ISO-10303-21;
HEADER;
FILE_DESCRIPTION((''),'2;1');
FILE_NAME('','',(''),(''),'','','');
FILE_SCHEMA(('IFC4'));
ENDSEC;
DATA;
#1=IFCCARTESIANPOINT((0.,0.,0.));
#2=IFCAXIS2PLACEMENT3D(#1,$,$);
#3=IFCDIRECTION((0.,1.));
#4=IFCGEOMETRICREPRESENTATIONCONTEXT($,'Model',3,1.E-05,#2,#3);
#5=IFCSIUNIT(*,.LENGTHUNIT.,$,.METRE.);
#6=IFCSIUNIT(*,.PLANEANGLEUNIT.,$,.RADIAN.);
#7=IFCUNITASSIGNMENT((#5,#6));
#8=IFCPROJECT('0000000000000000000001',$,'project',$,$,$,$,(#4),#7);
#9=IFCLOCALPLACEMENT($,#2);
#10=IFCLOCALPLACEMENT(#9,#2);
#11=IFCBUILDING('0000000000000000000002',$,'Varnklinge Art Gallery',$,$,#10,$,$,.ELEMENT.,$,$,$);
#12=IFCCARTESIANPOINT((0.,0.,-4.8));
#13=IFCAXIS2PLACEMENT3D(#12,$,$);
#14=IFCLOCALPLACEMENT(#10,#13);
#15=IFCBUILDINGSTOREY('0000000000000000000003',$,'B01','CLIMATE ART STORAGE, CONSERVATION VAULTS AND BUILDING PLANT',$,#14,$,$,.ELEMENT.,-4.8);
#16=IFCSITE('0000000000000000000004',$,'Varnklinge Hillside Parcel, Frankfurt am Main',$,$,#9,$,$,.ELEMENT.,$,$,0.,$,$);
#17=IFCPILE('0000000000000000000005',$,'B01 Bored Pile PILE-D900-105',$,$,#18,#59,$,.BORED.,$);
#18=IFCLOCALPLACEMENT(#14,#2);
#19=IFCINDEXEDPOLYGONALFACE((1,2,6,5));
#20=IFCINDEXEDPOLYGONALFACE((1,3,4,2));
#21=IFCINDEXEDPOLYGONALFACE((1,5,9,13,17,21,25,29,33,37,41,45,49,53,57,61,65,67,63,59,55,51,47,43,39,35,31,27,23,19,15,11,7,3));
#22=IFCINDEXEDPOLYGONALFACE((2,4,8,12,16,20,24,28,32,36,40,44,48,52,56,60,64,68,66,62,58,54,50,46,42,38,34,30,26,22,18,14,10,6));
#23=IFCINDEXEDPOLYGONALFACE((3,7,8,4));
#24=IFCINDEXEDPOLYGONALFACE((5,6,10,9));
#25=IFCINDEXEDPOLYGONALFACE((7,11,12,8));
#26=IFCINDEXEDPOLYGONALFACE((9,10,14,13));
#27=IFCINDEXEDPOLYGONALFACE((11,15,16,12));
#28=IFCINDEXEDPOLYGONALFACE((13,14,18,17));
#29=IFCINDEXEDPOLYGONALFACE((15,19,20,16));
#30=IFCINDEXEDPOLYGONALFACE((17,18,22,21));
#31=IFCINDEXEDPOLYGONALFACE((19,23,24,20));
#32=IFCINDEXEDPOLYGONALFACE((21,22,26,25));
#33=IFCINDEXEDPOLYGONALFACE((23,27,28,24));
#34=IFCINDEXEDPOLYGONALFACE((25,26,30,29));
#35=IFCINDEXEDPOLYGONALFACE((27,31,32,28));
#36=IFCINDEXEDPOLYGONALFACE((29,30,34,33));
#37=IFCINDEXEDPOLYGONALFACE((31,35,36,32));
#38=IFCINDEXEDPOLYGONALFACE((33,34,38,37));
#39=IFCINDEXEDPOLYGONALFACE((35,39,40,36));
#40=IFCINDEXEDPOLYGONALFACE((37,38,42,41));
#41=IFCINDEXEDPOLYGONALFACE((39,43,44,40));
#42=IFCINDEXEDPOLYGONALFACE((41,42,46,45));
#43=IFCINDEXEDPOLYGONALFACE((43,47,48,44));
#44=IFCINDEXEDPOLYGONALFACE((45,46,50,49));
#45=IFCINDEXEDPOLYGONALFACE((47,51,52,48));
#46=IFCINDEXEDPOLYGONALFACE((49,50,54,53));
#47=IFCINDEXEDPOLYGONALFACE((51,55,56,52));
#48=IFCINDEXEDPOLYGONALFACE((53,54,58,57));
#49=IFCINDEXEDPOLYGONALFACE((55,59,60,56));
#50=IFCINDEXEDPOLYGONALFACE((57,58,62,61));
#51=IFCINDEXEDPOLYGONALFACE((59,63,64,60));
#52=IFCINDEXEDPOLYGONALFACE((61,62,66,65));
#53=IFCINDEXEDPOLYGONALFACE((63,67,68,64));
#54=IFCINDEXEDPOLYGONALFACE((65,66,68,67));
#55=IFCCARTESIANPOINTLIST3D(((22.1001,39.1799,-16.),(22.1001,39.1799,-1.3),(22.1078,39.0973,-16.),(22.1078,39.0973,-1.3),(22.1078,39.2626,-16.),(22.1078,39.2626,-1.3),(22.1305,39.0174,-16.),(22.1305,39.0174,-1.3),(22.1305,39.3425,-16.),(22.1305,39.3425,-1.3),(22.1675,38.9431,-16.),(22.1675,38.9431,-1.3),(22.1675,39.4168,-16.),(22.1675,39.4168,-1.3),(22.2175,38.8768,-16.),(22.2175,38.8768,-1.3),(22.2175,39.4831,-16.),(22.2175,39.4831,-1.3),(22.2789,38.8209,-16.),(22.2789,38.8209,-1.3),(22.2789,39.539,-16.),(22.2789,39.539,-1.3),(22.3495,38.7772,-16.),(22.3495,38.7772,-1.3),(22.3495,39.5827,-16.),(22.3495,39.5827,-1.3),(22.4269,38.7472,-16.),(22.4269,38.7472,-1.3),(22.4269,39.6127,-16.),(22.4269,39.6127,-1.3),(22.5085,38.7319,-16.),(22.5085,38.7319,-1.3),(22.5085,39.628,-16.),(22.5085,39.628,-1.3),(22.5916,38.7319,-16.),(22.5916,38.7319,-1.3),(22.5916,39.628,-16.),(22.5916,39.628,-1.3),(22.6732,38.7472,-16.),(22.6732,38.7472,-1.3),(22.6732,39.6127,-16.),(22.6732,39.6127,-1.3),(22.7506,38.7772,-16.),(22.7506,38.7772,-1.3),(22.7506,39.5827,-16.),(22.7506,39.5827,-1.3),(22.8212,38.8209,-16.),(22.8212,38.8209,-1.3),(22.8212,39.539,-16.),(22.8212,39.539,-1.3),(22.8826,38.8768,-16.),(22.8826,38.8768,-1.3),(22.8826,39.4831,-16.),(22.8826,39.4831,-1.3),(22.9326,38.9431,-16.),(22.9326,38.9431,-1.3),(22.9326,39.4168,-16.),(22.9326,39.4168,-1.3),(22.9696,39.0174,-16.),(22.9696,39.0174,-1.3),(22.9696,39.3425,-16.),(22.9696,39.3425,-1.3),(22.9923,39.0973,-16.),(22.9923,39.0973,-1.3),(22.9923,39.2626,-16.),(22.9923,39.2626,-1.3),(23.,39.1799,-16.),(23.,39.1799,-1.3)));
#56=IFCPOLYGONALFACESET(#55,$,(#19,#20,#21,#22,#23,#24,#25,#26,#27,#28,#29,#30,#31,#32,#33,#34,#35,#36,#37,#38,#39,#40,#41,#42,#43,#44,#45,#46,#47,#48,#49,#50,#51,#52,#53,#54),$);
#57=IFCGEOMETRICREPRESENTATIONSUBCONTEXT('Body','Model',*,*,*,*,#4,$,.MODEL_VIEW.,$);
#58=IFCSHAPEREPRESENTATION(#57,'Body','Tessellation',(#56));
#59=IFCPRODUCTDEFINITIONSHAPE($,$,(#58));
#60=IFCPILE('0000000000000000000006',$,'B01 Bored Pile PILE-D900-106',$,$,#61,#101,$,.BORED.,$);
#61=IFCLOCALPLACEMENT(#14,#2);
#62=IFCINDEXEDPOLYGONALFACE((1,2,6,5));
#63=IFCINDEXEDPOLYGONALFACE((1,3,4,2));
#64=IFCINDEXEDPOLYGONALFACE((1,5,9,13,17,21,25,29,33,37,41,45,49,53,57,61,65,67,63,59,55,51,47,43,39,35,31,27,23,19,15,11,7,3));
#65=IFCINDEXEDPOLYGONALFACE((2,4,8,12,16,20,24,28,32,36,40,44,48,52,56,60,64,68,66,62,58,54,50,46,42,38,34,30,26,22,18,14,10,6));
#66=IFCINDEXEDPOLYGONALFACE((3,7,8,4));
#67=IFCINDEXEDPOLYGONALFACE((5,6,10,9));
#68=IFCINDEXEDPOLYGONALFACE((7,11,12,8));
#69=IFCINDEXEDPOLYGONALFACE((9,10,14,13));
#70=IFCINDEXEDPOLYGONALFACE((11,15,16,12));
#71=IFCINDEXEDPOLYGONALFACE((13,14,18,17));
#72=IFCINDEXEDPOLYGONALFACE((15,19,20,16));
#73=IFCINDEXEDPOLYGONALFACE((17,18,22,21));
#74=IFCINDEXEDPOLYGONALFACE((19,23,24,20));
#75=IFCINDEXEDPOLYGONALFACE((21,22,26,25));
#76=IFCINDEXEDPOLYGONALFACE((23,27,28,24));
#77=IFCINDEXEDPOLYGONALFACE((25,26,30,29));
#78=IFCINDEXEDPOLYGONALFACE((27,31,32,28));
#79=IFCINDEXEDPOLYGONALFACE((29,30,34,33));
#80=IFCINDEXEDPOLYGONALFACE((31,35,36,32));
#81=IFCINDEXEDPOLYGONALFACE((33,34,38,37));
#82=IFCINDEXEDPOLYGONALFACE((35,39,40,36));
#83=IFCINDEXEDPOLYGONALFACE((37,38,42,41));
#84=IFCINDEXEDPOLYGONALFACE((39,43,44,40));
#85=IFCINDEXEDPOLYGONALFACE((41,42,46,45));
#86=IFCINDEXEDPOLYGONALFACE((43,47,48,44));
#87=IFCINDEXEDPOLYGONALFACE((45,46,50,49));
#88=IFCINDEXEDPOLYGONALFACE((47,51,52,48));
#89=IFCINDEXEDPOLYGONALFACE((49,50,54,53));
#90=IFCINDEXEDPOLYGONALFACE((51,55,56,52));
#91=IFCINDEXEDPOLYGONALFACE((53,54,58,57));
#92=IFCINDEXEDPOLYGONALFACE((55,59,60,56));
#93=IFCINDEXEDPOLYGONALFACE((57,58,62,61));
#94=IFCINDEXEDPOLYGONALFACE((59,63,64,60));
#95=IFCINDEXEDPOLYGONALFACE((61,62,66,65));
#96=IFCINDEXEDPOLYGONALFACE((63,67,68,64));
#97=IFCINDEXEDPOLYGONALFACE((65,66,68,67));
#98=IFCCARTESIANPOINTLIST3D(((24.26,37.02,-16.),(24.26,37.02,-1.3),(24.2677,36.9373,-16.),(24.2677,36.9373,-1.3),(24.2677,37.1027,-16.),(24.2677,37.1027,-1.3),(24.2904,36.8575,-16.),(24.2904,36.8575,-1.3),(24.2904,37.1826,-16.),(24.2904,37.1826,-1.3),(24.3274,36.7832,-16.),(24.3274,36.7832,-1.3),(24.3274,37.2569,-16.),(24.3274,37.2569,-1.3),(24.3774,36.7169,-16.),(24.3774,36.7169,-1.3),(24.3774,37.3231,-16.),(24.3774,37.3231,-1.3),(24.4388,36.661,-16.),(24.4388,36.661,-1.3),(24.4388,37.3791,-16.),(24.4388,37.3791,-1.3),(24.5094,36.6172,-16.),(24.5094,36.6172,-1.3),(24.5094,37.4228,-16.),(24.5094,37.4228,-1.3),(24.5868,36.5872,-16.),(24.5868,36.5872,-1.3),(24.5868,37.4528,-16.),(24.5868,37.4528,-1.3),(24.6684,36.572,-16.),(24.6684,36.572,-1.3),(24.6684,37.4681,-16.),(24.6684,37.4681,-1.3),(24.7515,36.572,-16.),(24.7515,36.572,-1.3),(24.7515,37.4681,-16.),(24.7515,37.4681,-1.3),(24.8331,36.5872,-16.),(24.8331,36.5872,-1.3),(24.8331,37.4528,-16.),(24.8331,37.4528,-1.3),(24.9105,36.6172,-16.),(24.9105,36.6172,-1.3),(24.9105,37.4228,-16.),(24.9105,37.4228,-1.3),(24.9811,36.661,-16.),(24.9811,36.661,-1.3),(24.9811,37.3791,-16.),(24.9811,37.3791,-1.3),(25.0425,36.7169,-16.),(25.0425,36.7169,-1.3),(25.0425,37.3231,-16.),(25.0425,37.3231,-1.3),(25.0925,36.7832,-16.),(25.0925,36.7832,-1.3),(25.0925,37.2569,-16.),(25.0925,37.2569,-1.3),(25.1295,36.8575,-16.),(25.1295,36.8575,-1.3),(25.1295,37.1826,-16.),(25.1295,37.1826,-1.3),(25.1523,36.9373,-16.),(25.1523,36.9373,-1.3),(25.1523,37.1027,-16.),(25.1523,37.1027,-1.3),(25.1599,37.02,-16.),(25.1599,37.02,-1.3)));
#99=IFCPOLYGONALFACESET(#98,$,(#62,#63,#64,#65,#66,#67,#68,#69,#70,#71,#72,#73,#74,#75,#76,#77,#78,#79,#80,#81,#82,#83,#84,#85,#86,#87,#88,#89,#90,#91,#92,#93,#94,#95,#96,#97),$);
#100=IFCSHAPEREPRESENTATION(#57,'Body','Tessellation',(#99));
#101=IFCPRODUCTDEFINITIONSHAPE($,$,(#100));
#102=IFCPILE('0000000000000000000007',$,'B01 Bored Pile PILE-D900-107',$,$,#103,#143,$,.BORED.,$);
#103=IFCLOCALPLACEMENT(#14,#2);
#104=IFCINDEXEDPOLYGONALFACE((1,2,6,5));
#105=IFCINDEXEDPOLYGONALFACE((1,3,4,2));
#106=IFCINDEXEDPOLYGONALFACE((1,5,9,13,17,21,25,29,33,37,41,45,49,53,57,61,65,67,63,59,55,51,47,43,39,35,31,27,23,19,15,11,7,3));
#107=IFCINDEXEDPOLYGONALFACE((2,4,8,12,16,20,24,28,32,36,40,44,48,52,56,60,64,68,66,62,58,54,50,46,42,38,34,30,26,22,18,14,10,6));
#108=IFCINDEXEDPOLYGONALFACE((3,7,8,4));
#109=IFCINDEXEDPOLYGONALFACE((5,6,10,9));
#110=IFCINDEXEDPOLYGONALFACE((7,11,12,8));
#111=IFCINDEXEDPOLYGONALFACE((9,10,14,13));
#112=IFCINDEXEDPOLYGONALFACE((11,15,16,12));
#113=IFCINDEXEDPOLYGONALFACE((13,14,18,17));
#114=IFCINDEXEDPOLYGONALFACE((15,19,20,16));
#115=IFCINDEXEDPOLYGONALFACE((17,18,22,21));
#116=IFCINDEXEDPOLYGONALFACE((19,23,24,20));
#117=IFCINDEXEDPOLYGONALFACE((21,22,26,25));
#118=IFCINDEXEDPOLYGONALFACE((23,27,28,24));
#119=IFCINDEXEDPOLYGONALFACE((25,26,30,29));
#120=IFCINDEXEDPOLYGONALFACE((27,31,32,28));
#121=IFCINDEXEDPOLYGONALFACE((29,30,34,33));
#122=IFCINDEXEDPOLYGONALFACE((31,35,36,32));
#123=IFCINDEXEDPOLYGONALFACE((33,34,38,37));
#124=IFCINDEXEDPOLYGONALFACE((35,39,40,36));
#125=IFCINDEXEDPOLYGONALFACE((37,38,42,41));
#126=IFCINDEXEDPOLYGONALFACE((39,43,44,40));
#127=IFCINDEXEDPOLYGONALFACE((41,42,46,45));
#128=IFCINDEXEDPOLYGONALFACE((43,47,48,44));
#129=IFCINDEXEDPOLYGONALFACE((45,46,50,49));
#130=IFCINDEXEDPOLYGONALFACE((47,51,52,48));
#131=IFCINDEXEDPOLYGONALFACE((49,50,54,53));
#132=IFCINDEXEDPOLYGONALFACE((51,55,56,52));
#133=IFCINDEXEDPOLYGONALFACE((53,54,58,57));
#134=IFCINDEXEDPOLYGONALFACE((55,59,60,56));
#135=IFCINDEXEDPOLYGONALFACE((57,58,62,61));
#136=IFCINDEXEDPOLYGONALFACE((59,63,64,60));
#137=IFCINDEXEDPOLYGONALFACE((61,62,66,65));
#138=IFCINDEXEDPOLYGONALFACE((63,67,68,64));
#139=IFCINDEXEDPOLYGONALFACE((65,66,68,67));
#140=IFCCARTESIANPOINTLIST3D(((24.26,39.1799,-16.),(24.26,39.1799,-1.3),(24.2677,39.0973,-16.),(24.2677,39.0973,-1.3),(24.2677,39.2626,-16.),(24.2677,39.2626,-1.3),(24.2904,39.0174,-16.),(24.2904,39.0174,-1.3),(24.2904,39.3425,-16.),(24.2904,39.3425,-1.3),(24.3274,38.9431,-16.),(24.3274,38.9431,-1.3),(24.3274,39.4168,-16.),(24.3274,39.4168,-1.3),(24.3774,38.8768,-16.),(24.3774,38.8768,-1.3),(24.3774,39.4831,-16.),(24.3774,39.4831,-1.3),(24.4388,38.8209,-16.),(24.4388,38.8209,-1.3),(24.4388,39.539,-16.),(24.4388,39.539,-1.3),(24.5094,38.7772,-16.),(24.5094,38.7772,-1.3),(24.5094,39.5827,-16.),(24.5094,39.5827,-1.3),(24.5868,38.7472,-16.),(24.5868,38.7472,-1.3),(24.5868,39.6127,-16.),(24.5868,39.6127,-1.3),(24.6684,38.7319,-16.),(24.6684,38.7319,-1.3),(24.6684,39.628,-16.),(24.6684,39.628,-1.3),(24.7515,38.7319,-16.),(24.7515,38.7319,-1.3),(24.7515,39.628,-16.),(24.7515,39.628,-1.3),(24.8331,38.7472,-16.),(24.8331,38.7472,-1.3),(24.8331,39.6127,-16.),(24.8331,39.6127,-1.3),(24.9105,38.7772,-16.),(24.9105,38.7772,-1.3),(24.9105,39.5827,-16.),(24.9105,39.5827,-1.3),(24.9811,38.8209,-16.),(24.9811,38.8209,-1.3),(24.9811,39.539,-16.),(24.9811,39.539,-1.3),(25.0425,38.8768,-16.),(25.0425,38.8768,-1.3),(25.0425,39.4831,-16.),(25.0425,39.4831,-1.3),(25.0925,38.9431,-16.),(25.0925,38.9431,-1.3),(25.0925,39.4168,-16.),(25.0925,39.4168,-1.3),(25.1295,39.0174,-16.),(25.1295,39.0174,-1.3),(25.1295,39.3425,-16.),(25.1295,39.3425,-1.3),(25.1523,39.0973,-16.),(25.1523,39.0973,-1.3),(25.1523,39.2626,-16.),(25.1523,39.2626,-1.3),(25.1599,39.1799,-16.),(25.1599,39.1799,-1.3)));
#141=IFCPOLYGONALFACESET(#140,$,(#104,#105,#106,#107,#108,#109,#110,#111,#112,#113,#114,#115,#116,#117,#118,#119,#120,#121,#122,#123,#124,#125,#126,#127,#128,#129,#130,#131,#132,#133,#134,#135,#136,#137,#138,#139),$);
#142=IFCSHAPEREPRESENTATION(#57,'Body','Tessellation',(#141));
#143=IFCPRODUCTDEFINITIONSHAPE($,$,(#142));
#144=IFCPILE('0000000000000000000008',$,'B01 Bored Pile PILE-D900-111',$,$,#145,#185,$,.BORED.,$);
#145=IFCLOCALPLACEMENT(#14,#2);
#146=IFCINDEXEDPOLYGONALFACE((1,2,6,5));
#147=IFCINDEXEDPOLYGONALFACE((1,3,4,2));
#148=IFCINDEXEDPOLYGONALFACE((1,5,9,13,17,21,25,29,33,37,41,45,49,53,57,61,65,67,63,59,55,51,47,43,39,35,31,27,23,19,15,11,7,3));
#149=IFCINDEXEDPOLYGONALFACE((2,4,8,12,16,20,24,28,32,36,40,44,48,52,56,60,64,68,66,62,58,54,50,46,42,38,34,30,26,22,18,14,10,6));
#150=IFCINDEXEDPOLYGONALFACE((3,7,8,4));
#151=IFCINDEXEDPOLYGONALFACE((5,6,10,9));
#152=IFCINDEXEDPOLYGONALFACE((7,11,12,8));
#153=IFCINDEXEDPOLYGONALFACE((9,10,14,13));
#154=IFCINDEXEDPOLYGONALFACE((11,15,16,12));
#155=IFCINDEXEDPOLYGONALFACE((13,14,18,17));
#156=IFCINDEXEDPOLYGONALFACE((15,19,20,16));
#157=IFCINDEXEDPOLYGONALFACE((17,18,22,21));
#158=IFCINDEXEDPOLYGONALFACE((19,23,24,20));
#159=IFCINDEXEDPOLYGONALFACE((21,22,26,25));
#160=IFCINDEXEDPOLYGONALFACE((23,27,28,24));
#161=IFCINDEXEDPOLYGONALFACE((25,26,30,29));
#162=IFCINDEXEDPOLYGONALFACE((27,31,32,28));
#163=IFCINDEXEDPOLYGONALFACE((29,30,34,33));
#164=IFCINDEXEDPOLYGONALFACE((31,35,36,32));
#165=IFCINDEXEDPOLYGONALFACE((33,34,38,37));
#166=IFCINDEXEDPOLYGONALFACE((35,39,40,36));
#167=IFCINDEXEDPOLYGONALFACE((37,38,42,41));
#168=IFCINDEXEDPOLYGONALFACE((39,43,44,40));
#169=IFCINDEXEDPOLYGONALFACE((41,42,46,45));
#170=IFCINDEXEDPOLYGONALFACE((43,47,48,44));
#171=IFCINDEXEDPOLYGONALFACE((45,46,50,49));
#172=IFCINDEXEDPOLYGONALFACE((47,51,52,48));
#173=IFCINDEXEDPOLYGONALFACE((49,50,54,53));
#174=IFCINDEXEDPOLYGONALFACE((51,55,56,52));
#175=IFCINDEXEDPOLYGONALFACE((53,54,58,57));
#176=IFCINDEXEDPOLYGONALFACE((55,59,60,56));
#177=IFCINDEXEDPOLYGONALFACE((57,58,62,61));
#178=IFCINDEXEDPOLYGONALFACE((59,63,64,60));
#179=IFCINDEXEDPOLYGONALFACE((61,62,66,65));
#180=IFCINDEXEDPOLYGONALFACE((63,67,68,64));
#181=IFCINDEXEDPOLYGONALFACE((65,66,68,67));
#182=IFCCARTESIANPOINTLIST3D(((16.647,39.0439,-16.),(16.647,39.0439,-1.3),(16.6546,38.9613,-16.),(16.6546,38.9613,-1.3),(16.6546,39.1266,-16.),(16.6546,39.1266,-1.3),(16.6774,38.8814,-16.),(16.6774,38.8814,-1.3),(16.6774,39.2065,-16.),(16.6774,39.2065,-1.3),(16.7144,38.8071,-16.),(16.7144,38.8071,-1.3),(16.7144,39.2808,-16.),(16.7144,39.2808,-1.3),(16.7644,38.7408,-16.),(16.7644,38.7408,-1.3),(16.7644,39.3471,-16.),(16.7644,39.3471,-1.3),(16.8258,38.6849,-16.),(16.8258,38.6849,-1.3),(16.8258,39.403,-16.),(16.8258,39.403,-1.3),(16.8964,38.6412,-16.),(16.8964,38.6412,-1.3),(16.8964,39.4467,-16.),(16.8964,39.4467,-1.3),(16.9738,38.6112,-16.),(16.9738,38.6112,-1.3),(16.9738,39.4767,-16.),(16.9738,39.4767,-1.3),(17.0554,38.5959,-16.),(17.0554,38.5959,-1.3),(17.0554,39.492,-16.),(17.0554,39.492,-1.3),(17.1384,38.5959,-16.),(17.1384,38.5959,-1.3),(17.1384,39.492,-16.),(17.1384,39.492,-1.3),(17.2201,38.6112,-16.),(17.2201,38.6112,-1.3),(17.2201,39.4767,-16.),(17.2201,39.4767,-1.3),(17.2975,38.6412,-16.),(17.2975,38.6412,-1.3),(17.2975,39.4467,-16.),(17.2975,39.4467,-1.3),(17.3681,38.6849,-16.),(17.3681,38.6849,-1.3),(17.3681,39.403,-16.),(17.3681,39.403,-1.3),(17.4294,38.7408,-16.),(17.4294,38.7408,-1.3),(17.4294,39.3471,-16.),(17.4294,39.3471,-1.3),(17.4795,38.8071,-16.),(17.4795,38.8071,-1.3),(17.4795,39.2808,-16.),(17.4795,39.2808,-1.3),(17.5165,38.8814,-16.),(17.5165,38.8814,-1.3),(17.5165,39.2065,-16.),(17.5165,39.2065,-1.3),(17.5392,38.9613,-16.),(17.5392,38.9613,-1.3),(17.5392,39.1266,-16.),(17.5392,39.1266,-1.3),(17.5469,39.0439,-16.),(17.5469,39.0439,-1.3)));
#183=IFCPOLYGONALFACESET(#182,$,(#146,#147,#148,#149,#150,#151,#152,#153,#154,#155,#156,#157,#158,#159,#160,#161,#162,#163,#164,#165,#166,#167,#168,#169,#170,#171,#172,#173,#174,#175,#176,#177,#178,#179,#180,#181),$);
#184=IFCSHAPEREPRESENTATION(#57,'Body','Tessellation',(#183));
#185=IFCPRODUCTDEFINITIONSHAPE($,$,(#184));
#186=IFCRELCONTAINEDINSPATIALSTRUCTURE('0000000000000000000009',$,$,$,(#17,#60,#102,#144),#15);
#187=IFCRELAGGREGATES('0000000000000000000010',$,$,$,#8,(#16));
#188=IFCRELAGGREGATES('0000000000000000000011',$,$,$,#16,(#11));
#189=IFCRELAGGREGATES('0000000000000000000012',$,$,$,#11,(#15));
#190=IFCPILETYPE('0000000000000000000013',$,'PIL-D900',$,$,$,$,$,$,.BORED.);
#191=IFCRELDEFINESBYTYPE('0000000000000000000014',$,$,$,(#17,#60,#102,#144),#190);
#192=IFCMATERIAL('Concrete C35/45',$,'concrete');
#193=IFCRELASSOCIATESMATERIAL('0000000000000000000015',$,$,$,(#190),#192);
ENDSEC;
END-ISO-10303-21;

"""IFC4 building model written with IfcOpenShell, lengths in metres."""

from ifc_helpers import new_model, si_unit, direction, frame, origin, origin_2d, place, context, subcontext, project, spatial, circle, extrude, material, material_profile, profile_set, type_object, element, save


model = new_model("IFC4")

# Units and contexts
model_context = context("Model", 3, precision=1e-05, world=origin(), true_north=direction((0.0, 1.0)))
body_context = subcontext(model_context, "Body", "Model", "MODEL_VIEW")
ifc_project = project(units=[si_unit("LENGTHUNIT", "METRE"), si_unit("PLANEANGLEUNIT", "RADIAN")], contexts=[model_context])

# Site, building, storey
site_placement = place(None, origin())
site = spatial("IfcSite", under=ifc_project, at=site_placement, Name="Varnklinge Hillside Parcel, Frankfurt am Main", CompositionType="ELEMENT", RefElevation=0.0)
building_placement = place(site_placement, origin())
building = spatial("IfcBuilding", under=site, at=building_placement, Name="Varnklinge Art Gallery", CompositionType="ELEMENT")
storey_placement = place(building_placement, frame((0.0, 0.0, -4.8)))
storey = spatial("IfcBuildingStorey", under=building, at=storey_placement, Name="B01", Description="CLIMATE ART STORAGE, CONSERVATION VAULTS AND BUILDING PLANT", CompositionType="ELEMENT", Elevation=-4.8)

# Piles
ifc_material_1 = material(Name="Concrete C35/45", Category="concrete")
ifc_material_profile_1 = material_profile(ifc_material_1, circle(Radius=0.45, at=origin_2d()), Name="PILE D900")
ifc_profile_set_1 = profile_set([ifc_material_profile_1], Name="Concrete C35/45")
pile_type = type_object("IfcPileType", Name="PIL-D900", PredefinedType="BORED", material=ifc_profile_set_1)
for number, where, z_axis, x_axis, name in (
    (1, (22.55, 39.1799, -1.3), (0.0, 0.0, -1.0), (1.0, 0.0, 0.0), "B01 Bored Pile PILE-D900-105"),
    (2, (24.71, 37.02, -1.3), (0.0, 0.0, -1.0), (1.0, 0.0, 0.0), "B01 Bored Pile PILE-D900-106"),
    (3, (24.71, 39.1799, -1.3), (0.0, 0.0, -1.0), (1.0, 0.0, 0.0), "B01 Bored Pile PILE-D900-107"),
    (4, (17.0969, 39.0439, -1.3), (0.0, 0.0, -1.0), (1.0, 0.0, 0.0), "B01 Bored Pile PILE-D900-111"),
):
    element("IfcPile", number, at=place(storey_placement, frame(where, z_axis=z_axis, x_axis=x_axis)), inside=storey, type_object=pile_type, Name=name, PredefinedType="BORED", context=body_context, shape_type="SweptSolid", body=[
        extrude(circle(Radius=0.45, at=origin_2d()), origin(), (0.0, 0.0, 1.0), 14.7),
    ])

save(model, "model.ifc")
